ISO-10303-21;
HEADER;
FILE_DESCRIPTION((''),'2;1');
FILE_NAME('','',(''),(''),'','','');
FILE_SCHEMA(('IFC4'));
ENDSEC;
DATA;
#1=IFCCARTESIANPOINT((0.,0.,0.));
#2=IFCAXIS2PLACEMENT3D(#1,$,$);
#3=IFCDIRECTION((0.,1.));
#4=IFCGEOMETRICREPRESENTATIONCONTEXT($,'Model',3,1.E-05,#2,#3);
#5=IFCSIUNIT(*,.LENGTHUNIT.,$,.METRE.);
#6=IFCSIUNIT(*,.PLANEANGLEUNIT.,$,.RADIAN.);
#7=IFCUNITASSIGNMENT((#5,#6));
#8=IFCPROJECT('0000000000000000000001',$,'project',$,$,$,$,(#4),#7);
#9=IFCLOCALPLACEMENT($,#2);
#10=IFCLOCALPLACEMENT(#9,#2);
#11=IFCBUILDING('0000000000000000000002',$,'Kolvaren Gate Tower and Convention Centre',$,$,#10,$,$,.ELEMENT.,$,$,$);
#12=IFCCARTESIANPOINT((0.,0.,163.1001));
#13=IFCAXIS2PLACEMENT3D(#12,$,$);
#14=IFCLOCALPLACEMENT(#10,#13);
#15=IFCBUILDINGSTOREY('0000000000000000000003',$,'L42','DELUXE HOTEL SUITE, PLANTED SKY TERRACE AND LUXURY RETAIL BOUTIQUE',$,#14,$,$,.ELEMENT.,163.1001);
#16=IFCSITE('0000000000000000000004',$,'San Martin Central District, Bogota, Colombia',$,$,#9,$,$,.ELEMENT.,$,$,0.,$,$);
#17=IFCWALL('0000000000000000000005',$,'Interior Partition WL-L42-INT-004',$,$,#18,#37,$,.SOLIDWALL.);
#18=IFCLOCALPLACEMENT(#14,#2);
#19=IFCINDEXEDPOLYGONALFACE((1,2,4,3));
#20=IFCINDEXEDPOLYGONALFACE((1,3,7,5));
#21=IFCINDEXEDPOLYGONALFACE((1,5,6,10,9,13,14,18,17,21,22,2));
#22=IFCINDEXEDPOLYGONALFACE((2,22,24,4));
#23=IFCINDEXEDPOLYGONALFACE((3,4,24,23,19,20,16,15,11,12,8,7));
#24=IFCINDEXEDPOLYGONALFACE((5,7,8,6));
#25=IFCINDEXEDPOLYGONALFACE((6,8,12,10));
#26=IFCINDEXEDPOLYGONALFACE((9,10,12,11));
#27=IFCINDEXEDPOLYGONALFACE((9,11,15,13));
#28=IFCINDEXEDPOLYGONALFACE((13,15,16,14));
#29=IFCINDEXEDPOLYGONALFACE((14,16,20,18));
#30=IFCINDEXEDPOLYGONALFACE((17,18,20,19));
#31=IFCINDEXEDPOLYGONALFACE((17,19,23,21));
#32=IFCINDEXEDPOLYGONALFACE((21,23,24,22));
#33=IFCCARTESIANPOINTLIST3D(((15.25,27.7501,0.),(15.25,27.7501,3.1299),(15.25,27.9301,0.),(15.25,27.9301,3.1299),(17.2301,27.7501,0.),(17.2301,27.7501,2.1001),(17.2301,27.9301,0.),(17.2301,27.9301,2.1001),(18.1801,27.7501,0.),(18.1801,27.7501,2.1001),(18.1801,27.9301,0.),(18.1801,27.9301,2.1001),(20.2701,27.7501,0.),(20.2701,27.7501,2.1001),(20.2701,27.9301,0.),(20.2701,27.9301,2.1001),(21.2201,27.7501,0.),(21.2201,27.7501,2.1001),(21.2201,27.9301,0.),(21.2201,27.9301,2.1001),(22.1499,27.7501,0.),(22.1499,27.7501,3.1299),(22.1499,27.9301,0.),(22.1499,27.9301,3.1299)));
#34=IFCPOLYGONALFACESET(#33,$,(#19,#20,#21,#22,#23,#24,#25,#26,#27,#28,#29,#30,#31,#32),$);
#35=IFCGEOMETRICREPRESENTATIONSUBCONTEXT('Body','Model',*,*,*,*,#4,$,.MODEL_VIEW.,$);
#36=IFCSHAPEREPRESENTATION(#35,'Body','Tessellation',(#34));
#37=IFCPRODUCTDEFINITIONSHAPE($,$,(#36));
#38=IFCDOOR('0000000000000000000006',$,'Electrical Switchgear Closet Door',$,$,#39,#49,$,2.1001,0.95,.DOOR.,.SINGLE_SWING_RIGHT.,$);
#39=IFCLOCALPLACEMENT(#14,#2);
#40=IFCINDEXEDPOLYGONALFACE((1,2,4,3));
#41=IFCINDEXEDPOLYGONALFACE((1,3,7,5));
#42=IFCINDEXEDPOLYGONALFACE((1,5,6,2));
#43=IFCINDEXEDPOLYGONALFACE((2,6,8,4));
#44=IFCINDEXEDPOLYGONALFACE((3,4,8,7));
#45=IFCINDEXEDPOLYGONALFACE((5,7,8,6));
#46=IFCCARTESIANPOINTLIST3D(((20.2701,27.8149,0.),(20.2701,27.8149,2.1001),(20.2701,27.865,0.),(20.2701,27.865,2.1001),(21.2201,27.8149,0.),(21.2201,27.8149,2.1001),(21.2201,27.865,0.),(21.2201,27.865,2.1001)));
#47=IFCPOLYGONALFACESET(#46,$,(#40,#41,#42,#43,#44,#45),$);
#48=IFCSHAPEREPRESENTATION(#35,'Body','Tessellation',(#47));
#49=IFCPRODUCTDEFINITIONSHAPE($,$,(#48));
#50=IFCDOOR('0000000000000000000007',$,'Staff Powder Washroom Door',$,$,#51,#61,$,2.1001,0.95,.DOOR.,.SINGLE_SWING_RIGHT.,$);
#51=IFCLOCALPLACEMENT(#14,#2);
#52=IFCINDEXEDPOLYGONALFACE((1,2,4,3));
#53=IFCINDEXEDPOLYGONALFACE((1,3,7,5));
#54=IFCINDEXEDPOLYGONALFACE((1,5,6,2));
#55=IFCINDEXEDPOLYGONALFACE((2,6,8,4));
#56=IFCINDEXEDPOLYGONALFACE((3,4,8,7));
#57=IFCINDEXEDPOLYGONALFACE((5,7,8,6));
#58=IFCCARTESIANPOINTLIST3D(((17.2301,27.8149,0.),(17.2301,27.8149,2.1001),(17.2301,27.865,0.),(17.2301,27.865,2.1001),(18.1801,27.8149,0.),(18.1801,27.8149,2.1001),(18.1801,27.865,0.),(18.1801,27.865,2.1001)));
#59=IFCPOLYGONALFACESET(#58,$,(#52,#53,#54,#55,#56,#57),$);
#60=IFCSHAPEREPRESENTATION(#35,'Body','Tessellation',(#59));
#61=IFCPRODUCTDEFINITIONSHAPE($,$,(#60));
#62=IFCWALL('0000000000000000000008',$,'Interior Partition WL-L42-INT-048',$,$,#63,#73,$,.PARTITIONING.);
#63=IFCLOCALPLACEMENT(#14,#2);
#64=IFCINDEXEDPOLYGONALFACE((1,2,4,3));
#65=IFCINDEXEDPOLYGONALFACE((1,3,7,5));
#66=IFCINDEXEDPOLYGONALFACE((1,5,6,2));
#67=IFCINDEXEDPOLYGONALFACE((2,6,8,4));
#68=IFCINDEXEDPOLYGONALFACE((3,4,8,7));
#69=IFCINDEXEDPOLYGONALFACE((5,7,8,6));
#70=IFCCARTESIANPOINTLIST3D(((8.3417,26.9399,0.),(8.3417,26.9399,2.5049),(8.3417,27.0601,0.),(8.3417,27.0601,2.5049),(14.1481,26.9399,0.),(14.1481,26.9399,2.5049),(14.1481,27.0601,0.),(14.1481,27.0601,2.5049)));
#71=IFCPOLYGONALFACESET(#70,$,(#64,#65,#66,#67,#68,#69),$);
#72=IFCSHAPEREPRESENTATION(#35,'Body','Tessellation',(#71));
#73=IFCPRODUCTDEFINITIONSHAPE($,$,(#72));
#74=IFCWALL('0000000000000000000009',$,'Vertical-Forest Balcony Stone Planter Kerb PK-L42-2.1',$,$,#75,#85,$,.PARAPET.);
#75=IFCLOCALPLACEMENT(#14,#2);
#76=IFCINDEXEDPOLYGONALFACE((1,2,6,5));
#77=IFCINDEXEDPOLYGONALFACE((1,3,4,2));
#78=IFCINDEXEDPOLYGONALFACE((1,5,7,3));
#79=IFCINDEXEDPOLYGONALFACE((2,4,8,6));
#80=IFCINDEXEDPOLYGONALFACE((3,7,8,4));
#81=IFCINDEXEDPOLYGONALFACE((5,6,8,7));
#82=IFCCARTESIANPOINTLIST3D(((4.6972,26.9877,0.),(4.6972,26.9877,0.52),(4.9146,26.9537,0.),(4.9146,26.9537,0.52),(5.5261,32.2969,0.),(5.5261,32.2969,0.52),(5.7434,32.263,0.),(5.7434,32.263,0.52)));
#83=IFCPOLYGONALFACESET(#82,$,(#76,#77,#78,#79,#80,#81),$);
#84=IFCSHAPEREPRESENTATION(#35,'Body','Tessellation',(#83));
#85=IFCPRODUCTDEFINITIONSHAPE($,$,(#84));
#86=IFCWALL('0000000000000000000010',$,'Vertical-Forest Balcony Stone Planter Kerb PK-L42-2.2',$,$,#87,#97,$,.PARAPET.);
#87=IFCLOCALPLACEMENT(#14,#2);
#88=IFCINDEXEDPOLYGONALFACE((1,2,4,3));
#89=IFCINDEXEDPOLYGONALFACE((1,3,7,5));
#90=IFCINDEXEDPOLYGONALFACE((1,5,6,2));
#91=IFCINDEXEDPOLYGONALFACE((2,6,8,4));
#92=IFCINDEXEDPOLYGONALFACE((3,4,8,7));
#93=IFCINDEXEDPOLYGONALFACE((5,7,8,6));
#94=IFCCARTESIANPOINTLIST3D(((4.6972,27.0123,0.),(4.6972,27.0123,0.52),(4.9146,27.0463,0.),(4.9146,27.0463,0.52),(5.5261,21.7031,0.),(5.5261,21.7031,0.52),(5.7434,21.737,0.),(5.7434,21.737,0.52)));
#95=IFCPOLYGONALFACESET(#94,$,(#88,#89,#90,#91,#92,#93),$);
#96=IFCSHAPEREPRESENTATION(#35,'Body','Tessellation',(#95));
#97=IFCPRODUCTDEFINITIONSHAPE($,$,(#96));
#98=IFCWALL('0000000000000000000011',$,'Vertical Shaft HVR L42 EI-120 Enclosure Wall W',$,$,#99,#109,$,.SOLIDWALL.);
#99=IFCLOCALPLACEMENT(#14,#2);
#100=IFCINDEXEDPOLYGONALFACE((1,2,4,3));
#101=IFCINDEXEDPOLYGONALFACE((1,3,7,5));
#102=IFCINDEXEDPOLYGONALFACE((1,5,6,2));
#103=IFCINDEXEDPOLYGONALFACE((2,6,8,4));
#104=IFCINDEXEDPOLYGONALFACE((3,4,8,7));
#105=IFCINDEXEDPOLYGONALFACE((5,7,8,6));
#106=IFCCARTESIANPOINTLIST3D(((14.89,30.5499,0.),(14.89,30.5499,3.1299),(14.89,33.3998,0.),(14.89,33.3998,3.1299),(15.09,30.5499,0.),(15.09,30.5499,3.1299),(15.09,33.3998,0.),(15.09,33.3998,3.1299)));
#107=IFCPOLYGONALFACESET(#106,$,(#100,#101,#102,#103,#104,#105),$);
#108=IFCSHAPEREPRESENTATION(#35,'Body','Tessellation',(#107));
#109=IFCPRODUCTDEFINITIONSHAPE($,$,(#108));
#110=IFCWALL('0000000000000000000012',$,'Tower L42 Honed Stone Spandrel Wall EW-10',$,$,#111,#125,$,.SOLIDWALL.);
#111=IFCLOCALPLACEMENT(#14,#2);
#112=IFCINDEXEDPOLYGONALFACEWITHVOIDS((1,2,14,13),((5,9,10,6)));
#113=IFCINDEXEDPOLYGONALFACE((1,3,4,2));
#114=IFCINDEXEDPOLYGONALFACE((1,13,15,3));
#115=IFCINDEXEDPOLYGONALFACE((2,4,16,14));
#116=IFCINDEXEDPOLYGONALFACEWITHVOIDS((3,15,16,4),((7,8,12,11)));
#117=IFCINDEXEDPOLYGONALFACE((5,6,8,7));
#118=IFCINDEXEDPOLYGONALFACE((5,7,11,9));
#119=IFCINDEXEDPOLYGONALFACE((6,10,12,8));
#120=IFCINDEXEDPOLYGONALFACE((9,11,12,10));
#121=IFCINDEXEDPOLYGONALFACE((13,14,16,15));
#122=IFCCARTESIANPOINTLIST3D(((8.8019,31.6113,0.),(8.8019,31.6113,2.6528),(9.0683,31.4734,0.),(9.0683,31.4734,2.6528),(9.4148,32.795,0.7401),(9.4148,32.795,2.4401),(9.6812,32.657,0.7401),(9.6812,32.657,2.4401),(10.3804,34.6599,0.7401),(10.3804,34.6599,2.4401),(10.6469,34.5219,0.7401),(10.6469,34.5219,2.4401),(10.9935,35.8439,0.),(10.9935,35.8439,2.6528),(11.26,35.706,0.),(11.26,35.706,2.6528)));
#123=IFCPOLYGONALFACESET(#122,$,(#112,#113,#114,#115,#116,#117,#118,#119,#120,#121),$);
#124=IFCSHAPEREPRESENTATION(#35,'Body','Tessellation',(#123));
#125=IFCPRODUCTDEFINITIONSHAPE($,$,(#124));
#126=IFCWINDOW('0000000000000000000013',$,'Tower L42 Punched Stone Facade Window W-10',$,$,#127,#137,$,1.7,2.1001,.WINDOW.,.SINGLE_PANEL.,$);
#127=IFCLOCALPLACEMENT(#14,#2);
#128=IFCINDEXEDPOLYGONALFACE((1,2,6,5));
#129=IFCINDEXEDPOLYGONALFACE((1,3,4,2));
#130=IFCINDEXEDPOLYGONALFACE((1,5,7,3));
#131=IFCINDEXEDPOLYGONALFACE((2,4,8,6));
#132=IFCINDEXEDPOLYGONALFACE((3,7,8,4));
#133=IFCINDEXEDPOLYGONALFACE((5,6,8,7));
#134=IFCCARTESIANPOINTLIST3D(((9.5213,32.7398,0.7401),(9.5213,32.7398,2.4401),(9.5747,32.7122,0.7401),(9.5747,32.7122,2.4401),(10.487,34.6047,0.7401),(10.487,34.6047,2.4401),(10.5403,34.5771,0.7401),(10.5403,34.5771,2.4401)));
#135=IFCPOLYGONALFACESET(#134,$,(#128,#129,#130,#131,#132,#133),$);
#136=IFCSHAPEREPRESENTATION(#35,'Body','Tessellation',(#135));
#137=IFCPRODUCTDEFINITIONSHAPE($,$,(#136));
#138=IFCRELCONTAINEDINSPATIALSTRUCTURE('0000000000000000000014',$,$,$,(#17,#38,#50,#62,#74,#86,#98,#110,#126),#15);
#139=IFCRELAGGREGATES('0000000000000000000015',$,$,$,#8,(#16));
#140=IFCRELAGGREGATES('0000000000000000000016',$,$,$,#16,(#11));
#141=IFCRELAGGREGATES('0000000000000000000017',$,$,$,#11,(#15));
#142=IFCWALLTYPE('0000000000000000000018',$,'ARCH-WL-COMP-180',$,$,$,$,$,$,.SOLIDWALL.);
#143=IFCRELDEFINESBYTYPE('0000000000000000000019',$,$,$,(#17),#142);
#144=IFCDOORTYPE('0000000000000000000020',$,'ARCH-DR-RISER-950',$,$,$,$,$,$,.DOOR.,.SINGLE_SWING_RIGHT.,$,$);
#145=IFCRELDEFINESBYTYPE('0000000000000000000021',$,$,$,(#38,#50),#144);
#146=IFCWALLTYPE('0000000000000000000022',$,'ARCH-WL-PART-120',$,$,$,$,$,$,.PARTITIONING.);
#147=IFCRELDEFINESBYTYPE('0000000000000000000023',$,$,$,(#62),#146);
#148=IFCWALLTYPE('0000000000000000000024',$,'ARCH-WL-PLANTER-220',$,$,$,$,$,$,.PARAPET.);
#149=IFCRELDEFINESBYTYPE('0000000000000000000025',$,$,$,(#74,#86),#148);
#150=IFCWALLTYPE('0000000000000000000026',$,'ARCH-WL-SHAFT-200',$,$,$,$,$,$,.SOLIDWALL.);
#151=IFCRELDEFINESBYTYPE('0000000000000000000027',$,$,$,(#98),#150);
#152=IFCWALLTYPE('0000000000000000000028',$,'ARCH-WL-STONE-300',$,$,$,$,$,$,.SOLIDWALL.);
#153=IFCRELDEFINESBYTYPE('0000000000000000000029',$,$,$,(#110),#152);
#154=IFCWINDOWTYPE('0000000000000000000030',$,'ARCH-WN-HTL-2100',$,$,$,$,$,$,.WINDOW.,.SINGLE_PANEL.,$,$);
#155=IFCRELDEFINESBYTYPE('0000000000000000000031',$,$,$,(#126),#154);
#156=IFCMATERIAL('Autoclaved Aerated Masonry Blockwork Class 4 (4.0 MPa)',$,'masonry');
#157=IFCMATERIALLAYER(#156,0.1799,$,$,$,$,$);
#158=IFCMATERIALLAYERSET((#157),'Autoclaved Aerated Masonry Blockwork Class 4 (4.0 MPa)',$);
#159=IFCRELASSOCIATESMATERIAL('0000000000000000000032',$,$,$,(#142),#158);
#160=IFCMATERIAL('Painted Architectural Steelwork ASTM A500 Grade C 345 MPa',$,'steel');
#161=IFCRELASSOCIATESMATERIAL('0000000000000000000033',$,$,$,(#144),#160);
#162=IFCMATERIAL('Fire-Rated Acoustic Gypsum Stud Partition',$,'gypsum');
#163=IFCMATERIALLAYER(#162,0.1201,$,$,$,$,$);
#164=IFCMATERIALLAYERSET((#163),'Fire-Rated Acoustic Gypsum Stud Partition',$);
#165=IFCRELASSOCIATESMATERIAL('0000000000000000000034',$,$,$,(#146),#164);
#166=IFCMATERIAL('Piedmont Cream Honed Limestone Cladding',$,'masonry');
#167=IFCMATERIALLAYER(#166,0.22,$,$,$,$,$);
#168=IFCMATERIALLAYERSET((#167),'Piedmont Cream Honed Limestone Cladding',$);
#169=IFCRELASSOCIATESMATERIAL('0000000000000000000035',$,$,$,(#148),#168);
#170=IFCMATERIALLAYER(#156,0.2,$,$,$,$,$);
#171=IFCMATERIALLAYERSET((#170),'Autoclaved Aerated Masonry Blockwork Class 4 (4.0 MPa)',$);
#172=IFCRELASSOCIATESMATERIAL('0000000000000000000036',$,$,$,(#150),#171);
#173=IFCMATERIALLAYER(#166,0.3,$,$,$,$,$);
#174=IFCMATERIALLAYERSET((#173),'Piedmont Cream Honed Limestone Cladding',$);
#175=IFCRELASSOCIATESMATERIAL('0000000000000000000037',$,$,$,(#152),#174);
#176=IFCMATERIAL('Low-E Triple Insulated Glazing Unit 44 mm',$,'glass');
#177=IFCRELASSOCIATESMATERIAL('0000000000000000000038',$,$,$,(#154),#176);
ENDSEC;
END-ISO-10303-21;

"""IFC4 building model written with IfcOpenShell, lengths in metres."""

from ifc_helpers import new_model, si_unit, direction, frame, frame_2d, origin, place, context, subcontext, project, spatial, rectangle, extrude, material, layer, layer_set, type_object, element, fill, save


model = new_model("IFC4")

# Units and contexts
model_context = context("Model", 3, precision=1e-05, world=origin(), true_north=direction((0.0, 1.0)))
body_context = subcontext(model_context, "Body", "Model", "MODEL_VIEW")
ifc_project = project(units=[si_unit("LENGTHUNIT", "METRE"), si_unit("PLANEANGLEUNIT", "RADIAN")], contexts=[model_context])

# Site, building, storey
site_placement = place(None, origin())
site = spatial("IfcSite", under=ifc_project, at=site_placement, Name="San Martin Central District, Bogota, Colombia", CompositionType="ELEMENT", RefElevation=0.0)
building_placement = place(site_placement, origin())
building = spatial("IfcBuilding", under=site, at=building_placement, Name="Kolvaren Gate Tower and Convention Centre", CompositionType="ELEMENT")
storey_placement = place(building_placement, frame((0.0, 0.0, 163.1001)))
storey = spatial("IfcBuildingStorey", under=building, at=storey_placement, Name="L42", Description="DELUXE HOTEL SUITE, PLANTED SKY TERRACE AND LUXURY RETAIL BOUTIQUE", CompositionType="ELEMENT", Elevation=163.1001)

# Wall, openings, doors
ifc_material_1 = material(Name="Autoclaved Aerated Masonry Blockwork Class 4 (4.0 MPa)", Category="masonry")
ifc_layer_1 = layer(ifc_material_1, 0.1799)
ifc_layer_set_1 = layer_set([ifc_layer_1], Name="Autoclaved Aerated Masonry Blockwork Class 4 (4.0 MPa)")
wall_type_1 = type_object("IfcWallType", Name="ARCH-WL-COMP-180", PredefinedType="SOLIDWALL", material=ifc_layer_set_1)
wall_1_placement = place(storey_placement, frame((15.25, 27.8401, 0.0), z_axis=(0.0, 0.0, 1.0), x_axis=(1.0, 0.0, 0.0)))
wall_1 = element("IfcWall", 1, at=wall_1_placement, inside=storey, type_object=wall_type_1, Name="Interior Partition WL-L42-INT-004", PredefinedType="SOLIDWALL", context=body_context, shape_type="SweptSolid", body=[
    extrude(rectangle(XDim=6.8999, YDim=0.1799, at=frame_2d((3.45, 0.0))), origin(), (0.0, 0.0, 1.0), 3.1299),
])
opening_1_placement = place(wall_1_placement, frame((5.02, 0.0, 0.0)))
opening_1 = element("IfcOpeningElement", 2, at=opening_1_placement, cuts=wall_1, PredefinedType="OPENING", context=body_context, shape_type="SweptSolid", body=[
    extrude(rectangle(XDim=0.95, YDim=2.1001, at=frame_2d((0.4751, 1.05))), frame((0.0, 0.0999, 0.0), z_axis=(0.0, -1.0, 0.0), x_axis=(1.0, 0.0, 0.0)), (0.0, 0.0, 1.0), 0.2),
])
opening_2_placement = place(wall_1_placement, frame((1.98, 0.0, 0.0)))
opening_2 = element("IfcOpeningElement", 3, at=opening_2_placement, cuts=wall_1, PredefinedType="OPENING", context=body_context, shape_type="SweptSolid", body=[
    extrude(rectangle(XDim=0.95, YDim=2.1001, at=frame_2d((0.4751, 1.05))), frame((0.0, 0.0999, 0.0), z_axis=(0.0, -1.0, 0.0), x_axis=(1.0, 0.0, 0.0)), (0.0, 0.0, 1.0), 0.2),
])
ifc_material_2 = material(Name="Painted Architectural Steelwork ASTM A500 Grade C 345 MPa", Category="steel")
door_type_1 = type_object("IfcDoorType", Name="ARCH-DR-RISER-950", OperationType="SINGLE_SWING_RIGHT", PredefinedType="DOOR", material=ifc_material_2)
door_1_placement = place(opening_1_placement, origin())
door_1 = element("IfcDoor", 4, at=door_1_placement, inside=storey, type_object=door_type_1, Name="Electrical Switchgear Closet Door", OperationType="SINGLE_SWING_RIGHT", OverallHeight=2.1001, OverallWidth=0.95, PredefinedType="DOOR", context=body_context, shape_type="SweptSolid", body=[
    extrude(rectangle(XDim=0.95, YDim=2.1001, at=frame_2d((0.4751, 1.05))), frame((0.0, 0.0249, 0.0), z_axis=(0.0, -1.0, 0.0), x_axis=(1.0, 0.0, 0.0)), (0.0, 0.0, 1.0), 0.05),
])
fill(opening_1, door_1)
door_2_placement = place(opening_2_placement, origin())
door_2 = element("IfcDoor", 5, at=door_2_placement, inside=storey, type_object=door_type_1, Name="Staff Powder Washroom Door", OperationType="SINGLE_SWING_RIGHT", OverallHeight=2.1001, OverallWidth=0.95, PredefinedType="DOOR", context=body_context, shape_type="SweptSolid", body=[
    extrude(rectangle(XDim=0.95, YDim=2.1001, at=frame_2d((0.4751, 1.05))), frame((0.0, 0.0249, 0.0), z_axis=(0.0, -1.0, 0.0), x_axis=(1.0, 0.0, 0.0)), (0.0, 0.0, 1.0), 0.05),
])
fill(opening_2, door_2)

# Walls
ifc_material_3 = material(Name="Fire-Rated Acoustic Gypsum Stud Partition", Category="gypsum")
ifc_layer_2 = layer(ifc_material_3, 0.1201)
ifc_layer_set_2 = layer_set([ifc_layer_2], Name="Fire-Rated Acoustic Gypsum Stud Partition")
wall_type_2 = type_object("IfcWallType", Name="ARCH-WL-PART-120", PredefinedType="PARTITIONING", material=ifc_layer_set_2)
wall_2_placement = place(storey_placement, frame((8.3416, 27.0, 0.0), z_axis=(0.0, 0.0, 1.0), x_axis=(1.0, 0.0, 0.0)))
element("IfcWall", 6, at=wall_2_placement, inside=storey, type_object=wall_type_2, Name="Interior Partition WL-L42-INT-048", PredefinedType="PARTITIONING", context=body_context, shape_type="SweptSolid", body=[
    extrude(rectangle(XDim=5.8064, YDim=0.1201, at=frame_2d((2.9033, 0.0))), origin(), (0.0, 0.0, 1.0), 2.5049),
])
ifc_material_4 = material(Name="Piedmont Cream Honed Limestone Cladding", Category="masonry")
ifc_layer_3 = layer(ifc_material_4, 0.22)
ifc_layer_set_3 = layer_set([ifc_layer_3], Name="Piedmont Cream Honed Limestone Cladding")
wall_type_3 = type_object("IfcWallType", Name="ARCH-WL-PLANTER-220", PredefinedType="PARAPET", material=ifc_layer_set_3)
for number, where, z_axis, x_axis, name in (
    (7, (4.8059, 26.9707, 0.0), (0.0, 0.0, 1.0), (0.154245, 0.988033, 0.0), "Vertical-Forest Balcony Stone Planter Kerb PK-L42-2.1"),
    (8, (4.8059, 27.0293, 0.0), (0.0, 0.0, 1.0), (0.154245, -0.988033, 0.0), "Vertical-Forest Balcony Stone Planter Kerb PK-L42-2.2"),
):
    element("IfcWall", number, at=place(storey_placement, frame(where, z_axis=z_axis, x_axis=x_axis)), inside=storey, type_object=wall_type_3, Name=name, PredefinedType="PARAPET", context=body_context, shape_type="SweptSolid", body=[
        extrude(rectangle(XDim=5.3735, YDim=0.22, at=frame_2d((2.6868, 0.0))), origin(), (0.0, 0.0, 1.0), 0.52),
    ])
ifc_layer_4 = layer(ifc_material_1, 0.2)
ifc_layer_set_4 = layer_set([ifc_layer_4], Name="Autoclaved Aerated Masonry Blockwork Class 4 (4.0 MPa)")
wall_type_4 = type_object("IfcWallType", Name="ARCH-WL-SHAFT-200", PredefinedType="SOLIDWALL", material=ifc_layer_set_4)
wall_3_placement = place(storey_placement, frame((14.99, 30.55, 0.0), z_axis=(0.0, 0.0, 1.0), x_axis=(0.0, 1.0, 0.0)))
element("IfcWall", 9, at=wall_3_placement, inside=storey, type_object=wall_type_4, Name="Vertical Shaft HVR L42 EI-120 Enclosure Wall W", PredefinedType="SOLIDWALL", context=body_context, shape_type="SweptSolid", body=[
    extrude(rectangle(XDim=2.8499, YDim=0.2, at=frame_2d((1.4248, 0.0))), origin(), (0.0, 0.0, 1.0), 3.1299),
])

# Wall, opening, window
ifc_layer_5 = layer(ifc_material_4, 0.3)
ifc_layer_set_5 = layer_set([ifc_layer_5], Name="Piedmont Cream Honed Limestone Cladding")
wall_type_5 = type_object("IfcWallType", Name="ARCH-WL-STONE-300", PredefinedType="SOLIDWALL", material=ifc_layer_set_5)
wall_4_placement = place(storey_placement, frame((8.9351, 31.5422, 0.0), z_axis=(0.0, 0.0, 1.0), x_axis=(0.45981, 0.888017, 0.0)))
wall_4 = element("IfcWall", 10, at=wall_4_placement, inside=storey, type_object=wall_type_5, Name="Tower L42 Honed Stone Spandrel Wall EW-10", PredefinedType="SOLIDWALL", context=body_context, shape_type="SweptSolid", body=[
    extrude(rectangle(XDim=4.7664, YDim=0.3, at=frame_2d((2.3833, 0.0))), origin(), (0.0, 0.0, 1.0), 2.6528),
])
opening_3_placement = place(wall_4_placement, frame((1.333, 0.0, 0.74)))
opening_3 = element("IfcOpeningElement", 11, at=opening_3_placement, cuts=wall_4, PredefinedType="OPENING", context=body_context, shape_type="SweptSolid", body=[
    extrude(rectangle(XDim=2.1001, YDim=1.7, at=frame_2d((1.05, 0.8501))), frame((0.0, 0.1599, 0.0), z_axis=(0.0, -1.0, 0.0), x_axis=(1.0, 0.0, 0.0)), (0.0, 0.0, 1.0), 0.3201),
])
ifc_material_5 = material(Name="Low-E Triple Insulated Glazing Unit 44 mm", Category="glass")
window_type_1 = type_object("IfcWindowType", Name="ARCH-WN-HTL-2100", PartitioningType="SINGLE_PANEL", PredefinedType="WINDOW", material=ifc_material_5)
window_1_placement = place(opening_3_placement, origin())
window_1 = element("IfcWindow", 12, at=window_1_placement, inside=storey, type_object=window_type_1, Name="Tower L42 Punched Stone Facade Window W-10", OverallHeight=1.7, OverallWidth=2.1001, PartitioningType="SINGLE_PANEL", PredefinedType="WINDOW", context=body_context, shape_type="SweptSolid", body=[
    extrude(rectangle(XDim=2.1001, YDim=1.7, at=frame_2d((1.05, 0.8501))), frame((0.0, 0.03, 0.0), z_axis=(0.0, -1.0, 0.0), x_axis=(1.0, 0.0, 0.0)), (0.0, 0.0, 1.0), 0.0601),
])
fill(opening_3, window_1)

save(model, "model.ifc")
